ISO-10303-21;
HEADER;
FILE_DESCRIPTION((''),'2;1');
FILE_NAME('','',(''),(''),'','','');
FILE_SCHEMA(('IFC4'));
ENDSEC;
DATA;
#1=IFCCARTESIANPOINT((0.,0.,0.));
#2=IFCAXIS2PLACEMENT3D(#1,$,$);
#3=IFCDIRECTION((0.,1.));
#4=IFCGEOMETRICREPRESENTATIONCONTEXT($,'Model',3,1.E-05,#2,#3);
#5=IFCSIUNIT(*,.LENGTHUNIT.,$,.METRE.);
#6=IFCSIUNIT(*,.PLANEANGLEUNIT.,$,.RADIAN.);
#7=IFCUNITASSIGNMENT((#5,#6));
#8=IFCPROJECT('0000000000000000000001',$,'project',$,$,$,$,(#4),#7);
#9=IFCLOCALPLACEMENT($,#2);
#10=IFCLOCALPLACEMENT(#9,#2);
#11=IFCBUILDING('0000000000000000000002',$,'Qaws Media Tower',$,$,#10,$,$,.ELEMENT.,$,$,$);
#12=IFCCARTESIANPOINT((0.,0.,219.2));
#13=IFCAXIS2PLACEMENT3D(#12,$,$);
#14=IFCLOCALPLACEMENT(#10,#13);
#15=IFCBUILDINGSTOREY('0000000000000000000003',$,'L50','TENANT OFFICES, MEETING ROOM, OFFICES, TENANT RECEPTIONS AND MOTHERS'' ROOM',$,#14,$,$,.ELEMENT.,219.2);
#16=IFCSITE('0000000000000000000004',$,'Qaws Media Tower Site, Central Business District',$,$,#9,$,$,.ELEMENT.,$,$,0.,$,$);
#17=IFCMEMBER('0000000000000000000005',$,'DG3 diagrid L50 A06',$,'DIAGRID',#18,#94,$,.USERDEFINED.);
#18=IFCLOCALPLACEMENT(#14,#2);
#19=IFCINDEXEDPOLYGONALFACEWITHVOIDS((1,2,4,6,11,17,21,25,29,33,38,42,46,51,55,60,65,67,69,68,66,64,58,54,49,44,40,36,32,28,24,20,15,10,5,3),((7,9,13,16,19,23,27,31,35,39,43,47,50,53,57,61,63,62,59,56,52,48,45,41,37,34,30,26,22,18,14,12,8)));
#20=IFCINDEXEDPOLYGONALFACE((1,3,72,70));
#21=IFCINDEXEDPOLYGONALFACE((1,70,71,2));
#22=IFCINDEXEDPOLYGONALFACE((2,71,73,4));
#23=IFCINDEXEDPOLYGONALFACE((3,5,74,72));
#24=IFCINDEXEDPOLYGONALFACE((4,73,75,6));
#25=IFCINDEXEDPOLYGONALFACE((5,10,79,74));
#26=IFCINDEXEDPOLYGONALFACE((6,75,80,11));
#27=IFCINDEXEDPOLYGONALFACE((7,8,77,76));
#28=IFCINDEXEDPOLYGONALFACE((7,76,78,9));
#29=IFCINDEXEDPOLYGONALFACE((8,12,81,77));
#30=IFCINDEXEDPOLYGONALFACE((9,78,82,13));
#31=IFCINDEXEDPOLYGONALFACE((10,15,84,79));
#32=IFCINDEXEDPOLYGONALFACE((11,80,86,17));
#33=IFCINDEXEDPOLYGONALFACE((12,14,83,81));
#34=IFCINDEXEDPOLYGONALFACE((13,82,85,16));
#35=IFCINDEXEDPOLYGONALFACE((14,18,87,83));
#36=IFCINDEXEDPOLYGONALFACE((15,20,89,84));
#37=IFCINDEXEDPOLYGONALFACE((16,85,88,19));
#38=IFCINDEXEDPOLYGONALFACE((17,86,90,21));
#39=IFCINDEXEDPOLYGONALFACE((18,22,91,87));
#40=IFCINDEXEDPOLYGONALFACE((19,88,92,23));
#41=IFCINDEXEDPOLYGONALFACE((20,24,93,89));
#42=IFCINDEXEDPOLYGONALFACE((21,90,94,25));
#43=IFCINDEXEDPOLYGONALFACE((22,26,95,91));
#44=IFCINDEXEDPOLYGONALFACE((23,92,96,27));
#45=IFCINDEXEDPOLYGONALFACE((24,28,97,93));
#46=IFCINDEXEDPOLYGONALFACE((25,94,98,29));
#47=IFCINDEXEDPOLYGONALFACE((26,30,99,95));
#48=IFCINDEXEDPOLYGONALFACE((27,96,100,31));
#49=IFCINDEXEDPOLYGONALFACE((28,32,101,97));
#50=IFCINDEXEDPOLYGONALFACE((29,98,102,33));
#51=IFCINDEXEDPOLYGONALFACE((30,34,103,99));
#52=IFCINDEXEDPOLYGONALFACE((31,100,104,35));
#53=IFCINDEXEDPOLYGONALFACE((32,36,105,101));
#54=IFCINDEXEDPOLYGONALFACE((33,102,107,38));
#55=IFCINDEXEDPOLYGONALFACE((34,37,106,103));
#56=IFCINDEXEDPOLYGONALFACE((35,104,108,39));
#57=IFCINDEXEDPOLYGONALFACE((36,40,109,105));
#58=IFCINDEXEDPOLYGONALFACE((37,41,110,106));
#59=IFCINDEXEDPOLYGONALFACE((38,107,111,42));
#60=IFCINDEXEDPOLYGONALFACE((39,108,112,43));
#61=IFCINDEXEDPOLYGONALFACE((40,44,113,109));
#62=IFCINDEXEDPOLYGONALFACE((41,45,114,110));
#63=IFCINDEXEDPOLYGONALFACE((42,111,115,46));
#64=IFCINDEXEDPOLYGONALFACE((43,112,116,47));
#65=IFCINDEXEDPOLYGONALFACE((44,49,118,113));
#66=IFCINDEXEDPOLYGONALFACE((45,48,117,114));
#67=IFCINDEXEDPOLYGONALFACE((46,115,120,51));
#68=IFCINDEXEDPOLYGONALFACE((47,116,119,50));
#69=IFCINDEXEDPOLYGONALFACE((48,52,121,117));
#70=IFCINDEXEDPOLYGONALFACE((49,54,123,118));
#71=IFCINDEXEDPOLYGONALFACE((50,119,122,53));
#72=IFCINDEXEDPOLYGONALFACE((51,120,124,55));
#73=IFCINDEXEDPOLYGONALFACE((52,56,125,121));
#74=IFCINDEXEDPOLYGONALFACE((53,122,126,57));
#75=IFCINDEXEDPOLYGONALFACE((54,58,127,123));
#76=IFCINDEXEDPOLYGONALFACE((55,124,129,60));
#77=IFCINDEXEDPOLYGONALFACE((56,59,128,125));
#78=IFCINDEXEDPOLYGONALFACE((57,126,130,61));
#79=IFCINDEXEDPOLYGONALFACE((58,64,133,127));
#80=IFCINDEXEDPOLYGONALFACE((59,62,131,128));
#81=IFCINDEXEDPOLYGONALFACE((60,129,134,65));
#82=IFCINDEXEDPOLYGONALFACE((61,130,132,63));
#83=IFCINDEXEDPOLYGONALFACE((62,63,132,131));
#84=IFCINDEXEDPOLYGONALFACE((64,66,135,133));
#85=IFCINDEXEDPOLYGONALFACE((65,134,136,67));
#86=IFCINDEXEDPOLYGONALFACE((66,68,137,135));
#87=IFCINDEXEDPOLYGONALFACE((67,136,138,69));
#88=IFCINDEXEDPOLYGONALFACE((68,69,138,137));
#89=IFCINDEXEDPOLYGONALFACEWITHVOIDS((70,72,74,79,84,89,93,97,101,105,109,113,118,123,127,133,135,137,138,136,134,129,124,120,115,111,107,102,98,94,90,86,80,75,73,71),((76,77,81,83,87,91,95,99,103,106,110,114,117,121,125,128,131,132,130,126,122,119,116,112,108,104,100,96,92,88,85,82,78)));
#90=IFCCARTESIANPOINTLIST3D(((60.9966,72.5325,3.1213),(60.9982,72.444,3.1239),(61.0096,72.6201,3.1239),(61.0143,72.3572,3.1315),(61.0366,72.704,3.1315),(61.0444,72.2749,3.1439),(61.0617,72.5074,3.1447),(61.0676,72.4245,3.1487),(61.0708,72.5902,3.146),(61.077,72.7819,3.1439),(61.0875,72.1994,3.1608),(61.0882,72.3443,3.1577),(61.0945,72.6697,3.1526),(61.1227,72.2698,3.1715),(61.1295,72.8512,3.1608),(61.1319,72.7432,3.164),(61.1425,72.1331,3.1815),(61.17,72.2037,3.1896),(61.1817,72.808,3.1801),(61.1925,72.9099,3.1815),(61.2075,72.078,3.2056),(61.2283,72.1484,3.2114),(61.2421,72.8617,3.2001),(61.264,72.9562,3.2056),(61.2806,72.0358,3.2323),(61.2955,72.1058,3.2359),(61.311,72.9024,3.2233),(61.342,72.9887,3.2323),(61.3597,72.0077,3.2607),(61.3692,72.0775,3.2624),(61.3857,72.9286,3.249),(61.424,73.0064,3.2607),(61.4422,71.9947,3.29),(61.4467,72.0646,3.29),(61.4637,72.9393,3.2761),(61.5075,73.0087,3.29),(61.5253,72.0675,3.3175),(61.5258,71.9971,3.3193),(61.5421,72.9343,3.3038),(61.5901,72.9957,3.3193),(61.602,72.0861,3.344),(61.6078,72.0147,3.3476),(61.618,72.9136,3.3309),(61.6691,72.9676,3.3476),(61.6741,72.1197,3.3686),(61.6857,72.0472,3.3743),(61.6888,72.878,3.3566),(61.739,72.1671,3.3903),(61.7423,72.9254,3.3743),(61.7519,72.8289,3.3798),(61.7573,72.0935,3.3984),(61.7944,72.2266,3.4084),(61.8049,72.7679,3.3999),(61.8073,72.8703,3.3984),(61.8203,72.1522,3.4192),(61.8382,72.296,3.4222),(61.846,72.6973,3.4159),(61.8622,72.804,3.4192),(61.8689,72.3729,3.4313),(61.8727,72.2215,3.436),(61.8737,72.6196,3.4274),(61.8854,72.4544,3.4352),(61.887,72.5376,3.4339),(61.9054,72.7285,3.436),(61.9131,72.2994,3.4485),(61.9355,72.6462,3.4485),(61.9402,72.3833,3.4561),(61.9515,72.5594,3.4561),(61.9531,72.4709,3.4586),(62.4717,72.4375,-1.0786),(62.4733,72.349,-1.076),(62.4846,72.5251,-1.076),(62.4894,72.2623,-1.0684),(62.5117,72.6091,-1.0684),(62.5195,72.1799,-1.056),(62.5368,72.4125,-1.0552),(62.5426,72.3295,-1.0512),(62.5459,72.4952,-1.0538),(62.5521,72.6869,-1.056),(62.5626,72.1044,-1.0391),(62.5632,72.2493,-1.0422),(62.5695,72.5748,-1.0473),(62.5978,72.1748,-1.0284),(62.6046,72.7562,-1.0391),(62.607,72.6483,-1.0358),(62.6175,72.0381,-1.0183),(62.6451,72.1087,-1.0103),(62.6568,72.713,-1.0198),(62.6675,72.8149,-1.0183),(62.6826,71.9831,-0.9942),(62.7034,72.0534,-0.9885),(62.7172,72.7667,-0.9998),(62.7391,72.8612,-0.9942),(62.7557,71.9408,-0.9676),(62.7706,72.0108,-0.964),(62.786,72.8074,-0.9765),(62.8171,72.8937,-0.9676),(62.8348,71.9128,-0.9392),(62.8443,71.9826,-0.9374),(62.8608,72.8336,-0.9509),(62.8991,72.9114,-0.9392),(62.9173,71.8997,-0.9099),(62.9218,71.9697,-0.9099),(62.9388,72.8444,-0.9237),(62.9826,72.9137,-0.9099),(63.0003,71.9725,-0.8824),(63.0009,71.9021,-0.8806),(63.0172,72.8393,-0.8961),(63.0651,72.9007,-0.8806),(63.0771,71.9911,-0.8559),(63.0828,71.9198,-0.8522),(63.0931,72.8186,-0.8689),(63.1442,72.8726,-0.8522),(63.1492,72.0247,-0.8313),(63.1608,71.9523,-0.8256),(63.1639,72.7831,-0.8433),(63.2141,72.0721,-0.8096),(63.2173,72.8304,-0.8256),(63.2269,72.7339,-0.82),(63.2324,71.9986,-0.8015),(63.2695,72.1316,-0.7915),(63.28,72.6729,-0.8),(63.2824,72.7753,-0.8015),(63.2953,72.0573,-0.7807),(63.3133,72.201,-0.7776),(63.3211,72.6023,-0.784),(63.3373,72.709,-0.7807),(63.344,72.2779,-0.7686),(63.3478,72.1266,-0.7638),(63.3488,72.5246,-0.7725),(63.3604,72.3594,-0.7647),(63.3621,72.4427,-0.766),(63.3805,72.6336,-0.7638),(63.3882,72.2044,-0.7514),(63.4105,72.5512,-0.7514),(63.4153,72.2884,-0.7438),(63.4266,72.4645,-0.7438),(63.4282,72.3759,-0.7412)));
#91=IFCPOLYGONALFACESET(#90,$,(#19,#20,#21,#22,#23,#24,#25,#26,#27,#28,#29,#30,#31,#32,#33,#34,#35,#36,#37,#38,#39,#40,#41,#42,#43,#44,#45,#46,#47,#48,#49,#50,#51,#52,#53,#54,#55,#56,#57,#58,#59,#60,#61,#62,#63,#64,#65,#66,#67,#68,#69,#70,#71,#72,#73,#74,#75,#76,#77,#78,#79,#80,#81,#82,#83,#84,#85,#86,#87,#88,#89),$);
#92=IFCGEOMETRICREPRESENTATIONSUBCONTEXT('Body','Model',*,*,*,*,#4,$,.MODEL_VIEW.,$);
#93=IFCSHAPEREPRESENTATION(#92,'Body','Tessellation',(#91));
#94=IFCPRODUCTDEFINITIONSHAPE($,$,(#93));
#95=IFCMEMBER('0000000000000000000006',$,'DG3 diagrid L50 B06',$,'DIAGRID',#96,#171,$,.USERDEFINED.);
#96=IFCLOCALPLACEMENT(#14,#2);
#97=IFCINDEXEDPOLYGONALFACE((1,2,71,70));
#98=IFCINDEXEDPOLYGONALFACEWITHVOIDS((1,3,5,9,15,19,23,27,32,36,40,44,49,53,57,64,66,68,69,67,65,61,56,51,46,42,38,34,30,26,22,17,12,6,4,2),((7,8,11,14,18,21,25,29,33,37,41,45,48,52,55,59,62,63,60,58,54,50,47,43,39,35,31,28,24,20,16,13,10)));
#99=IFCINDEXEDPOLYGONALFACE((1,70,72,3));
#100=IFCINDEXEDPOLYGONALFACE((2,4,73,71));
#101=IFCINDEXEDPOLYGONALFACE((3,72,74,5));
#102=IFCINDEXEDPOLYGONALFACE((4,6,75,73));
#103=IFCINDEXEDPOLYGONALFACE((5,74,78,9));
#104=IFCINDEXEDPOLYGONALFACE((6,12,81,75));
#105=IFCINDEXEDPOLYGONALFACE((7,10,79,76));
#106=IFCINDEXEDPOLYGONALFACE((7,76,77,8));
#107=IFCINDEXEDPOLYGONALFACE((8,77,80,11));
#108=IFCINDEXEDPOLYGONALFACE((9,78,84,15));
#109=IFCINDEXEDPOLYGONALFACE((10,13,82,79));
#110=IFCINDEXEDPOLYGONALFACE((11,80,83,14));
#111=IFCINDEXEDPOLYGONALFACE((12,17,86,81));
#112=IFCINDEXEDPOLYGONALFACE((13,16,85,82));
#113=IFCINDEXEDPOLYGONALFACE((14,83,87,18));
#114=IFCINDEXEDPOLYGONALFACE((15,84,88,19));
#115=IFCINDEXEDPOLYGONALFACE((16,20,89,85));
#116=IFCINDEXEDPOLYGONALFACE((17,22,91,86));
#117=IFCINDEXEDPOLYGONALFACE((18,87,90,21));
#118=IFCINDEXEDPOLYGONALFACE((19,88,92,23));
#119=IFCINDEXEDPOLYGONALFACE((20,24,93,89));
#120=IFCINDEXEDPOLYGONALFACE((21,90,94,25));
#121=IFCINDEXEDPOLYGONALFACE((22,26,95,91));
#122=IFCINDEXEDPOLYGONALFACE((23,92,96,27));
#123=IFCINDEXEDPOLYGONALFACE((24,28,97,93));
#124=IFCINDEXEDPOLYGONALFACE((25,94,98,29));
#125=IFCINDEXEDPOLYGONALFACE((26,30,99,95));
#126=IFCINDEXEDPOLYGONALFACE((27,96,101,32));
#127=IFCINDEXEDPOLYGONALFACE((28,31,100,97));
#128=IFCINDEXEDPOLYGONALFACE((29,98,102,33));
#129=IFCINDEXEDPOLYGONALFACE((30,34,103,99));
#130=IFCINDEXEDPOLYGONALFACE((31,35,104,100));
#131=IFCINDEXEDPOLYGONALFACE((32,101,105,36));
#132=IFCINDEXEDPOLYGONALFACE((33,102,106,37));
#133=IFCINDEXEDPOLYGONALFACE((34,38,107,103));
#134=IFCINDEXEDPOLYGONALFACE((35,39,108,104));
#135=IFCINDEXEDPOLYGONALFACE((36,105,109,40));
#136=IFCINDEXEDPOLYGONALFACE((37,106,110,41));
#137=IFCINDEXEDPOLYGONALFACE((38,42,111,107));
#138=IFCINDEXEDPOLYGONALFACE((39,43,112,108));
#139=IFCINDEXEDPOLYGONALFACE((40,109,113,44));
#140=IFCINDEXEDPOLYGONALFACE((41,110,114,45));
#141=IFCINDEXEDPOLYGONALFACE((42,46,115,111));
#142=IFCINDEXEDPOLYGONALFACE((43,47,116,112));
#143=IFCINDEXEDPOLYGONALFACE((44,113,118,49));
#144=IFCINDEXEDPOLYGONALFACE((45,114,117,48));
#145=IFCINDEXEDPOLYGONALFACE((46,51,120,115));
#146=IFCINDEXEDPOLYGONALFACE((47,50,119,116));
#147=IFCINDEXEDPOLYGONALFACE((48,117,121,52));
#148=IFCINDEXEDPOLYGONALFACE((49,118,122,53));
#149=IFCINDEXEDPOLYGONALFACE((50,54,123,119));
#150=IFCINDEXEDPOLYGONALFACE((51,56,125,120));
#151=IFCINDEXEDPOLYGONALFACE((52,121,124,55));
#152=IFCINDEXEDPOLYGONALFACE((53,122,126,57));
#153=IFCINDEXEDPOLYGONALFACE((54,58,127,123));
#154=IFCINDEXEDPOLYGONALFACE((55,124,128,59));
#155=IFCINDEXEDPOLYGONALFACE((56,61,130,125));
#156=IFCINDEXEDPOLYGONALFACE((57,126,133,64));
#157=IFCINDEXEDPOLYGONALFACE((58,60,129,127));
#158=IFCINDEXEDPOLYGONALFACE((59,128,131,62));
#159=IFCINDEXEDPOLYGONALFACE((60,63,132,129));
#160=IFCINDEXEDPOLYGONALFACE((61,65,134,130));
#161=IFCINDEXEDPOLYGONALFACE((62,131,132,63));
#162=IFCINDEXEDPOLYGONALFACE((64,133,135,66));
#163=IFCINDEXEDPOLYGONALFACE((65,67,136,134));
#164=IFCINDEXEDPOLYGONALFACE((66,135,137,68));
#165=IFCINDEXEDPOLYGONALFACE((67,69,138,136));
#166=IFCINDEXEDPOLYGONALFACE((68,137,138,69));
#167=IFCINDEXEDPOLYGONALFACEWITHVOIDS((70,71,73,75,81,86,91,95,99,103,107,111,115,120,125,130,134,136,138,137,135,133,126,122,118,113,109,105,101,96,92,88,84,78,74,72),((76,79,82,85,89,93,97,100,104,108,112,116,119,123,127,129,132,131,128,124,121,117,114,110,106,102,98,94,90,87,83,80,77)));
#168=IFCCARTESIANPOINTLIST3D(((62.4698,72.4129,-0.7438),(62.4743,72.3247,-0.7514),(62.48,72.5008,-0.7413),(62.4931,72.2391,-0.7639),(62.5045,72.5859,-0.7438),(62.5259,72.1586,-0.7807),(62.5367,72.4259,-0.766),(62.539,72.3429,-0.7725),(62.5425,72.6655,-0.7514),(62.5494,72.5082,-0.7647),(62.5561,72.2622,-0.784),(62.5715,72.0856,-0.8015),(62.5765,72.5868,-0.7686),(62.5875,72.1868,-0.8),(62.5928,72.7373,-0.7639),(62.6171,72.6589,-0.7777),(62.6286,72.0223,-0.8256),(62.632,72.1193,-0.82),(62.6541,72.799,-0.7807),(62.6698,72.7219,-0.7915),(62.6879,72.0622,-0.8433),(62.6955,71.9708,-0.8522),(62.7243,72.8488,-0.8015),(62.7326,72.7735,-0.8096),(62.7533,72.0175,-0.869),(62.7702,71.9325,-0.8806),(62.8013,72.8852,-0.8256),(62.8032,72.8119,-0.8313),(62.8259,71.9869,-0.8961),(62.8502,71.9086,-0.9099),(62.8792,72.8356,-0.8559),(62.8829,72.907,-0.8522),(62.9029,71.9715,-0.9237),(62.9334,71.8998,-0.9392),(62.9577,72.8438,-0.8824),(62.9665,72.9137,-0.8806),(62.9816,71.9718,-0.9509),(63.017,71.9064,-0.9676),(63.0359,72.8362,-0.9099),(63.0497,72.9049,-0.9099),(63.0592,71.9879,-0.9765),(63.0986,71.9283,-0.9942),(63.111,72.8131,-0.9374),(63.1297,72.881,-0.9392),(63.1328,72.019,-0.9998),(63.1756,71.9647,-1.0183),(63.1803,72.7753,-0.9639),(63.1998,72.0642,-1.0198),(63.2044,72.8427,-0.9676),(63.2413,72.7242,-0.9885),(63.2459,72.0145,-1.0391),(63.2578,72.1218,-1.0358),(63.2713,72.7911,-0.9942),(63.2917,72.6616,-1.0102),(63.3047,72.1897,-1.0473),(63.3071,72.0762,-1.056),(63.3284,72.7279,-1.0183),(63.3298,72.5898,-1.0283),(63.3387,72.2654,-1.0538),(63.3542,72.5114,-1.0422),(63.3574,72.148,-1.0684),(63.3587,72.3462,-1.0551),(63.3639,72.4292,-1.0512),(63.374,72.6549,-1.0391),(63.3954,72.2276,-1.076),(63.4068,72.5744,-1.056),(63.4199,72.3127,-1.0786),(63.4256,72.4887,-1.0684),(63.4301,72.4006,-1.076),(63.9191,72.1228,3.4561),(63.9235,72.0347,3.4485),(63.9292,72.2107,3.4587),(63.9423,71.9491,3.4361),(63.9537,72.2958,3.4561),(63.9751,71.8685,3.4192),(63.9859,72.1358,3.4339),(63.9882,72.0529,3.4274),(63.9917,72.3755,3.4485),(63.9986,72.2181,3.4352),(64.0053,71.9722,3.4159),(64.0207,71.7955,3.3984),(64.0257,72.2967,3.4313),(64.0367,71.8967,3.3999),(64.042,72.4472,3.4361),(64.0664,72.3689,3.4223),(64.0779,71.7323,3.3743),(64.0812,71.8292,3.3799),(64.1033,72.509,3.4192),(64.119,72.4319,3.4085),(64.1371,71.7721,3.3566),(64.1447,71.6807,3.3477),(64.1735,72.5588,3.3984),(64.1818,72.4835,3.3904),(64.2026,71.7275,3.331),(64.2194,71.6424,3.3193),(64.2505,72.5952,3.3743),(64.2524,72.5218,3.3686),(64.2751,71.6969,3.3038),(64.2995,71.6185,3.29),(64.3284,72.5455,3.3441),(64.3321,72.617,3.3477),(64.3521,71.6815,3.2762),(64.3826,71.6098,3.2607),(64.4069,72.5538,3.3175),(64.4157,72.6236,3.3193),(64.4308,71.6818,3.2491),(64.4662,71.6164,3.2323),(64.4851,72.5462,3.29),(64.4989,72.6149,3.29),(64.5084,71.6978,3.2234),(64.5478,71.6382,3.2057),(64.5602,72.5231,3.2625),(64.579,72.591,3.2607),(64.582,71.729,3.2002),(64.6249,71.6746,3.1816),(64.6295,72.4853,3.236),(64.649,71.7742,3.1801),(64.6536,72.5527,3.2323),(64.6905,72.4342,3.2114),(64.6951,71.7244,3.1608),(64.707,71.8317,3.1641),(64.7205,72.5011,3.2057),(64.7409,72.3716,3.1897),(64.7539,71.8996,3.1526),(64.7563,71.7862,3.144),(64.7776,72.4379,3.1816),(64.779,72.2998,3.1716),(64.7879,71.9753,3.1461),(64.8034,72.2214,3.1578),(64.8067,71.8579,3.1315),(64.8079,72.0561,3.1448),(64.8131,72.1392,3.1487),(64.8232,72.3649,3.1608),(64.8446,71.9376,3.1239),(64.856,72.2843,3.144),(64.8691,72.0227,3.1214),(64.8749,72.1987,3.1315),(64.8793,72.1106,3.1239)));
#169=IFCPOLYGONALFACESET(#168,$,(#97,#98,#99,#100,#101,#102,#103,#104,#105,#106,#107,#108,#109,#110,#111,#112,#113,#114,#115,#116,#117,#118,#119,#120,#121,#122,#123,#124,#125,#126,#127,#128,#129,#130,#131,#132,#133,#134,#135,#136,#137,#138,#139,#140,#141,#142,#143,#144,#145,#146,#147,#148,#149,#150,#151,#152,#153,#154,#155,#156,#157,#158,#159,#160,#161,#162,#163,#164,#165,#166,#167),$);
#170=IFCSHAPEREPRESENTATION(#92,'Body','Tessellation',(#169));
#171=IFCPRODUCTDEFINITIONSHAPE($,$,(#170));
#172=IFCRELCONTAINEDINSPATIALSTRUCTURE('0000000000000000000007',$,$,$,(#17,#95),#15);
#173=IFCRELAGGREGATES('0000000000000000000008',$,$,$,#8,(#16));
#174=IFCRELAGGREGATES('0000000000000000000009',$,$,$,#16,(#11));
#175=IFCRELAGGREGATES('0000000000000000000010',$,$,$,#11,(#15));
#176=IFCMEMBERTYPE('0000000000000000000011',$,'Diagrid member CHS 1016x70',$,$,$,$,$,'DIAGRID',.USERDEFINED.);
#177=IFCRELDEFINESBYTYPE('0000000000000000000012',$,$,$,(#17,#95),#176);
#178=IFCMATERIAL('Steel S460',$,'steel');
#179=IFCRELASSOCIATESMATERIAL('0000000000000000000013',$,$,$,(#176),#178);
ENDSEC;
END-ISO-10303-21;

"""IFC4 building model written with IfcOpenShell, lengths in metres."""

from ifc_helpers import new_model, si_unit, direction, frame, origin, origin_2d, place, context, subcontext, project, spatial, hollow_circle, extrude, material, material_profile, profile_set, type_object, element, save


model = new_model("IFC4")

# Units and contexts
model_context = context("Model", 3, precision=1e-05, world=origin(), true_north=direction((0.0, 1.0)))
body_context = subcontext(model_context, "Body", "Model", "MODEL_VIEW")
ifc_project = project(units=[si_unit("LENGTHUNIT", "METRE"), si_unit("PLANEANGLEUNIT", "RADIAN")], contexts=[model_context])

# Site, building, storey
site_placement = place(None, origin())
site = spatial("IfcSite", under=ifc_project, at=site_placement, Name="Qaws Media Tower Site, Central Business District", CompositionType="ELEMENT", RefElevation=0.0)
building_placement = place(site_placement, origin())
building = spatial("IfcBuilding", under=site, at=building_placement, Name="Qaws Media Tower", CompositionType="ELEMENT")
storey_placement = place(building_placement, frame((0.0, 0.0, 219.2)))
storey = spatial("IfcBuildingStorey", under=building, at=storey_placement, Name="L50", Description="TENANT OFFICES, MEETING ROOM, OFFICES, TENANT RECEPTIONS AND MOTHERS' ROOM", CompositionType="ELEMENT", Elevation=219.2)

# Members
ifc_material_1 = material(Name="Steel S460", Category="steel")
ifc_material_profile_1 = material_profile(ifc_material_1, hollow_circle(Radius=0.5081, WallThickness=0.0701, at=origin_2d()), Name="CHS 1016x70")
ifc_profile_set_1 = profile_set([ifc_material_profile_1], Name="Steel S460")
member_type_1 = type_object("IfcMemberType", Name="Diagrid member CHS 1016x70", ElementType="DIAGRID", PredefinedType="USERDEFINED", material=ifc_profile_set_1)
for number, where, z_axis, x_axis, name in (
    (1, (62.95, 72.4067, -0.9099), (-0.331298, 0.02133, 0.943285), (-0.06425, -0.997934, 0.0), "DG3 diagrid L50 A06"),
    (2, (62.95, 72.4067, -0.9099), (0.325491, -0.065142, 0.943299), (0.196243, 0.980555, 0.0), "DG3 diagrid L50 B06"),
):
    element("IfcMember", number, at=place(storey_placement, frame(where, z_axis=z_axis, x_axis=x_axis)), inside=storey, type_object=member_type_1, Name=name, ObjectType="DIAGRID", PredefinedType="USERDEFINED", context=body_context, shape_type="SweptSolid", body=[
        extrude(hollow_circle(Radius=0.5081, WallThickness=0.0701, at=origin_2d()), origin(), (0.0, 0.0, 1.0), 4.4524),
    ])

save(model, "model.ifc")
